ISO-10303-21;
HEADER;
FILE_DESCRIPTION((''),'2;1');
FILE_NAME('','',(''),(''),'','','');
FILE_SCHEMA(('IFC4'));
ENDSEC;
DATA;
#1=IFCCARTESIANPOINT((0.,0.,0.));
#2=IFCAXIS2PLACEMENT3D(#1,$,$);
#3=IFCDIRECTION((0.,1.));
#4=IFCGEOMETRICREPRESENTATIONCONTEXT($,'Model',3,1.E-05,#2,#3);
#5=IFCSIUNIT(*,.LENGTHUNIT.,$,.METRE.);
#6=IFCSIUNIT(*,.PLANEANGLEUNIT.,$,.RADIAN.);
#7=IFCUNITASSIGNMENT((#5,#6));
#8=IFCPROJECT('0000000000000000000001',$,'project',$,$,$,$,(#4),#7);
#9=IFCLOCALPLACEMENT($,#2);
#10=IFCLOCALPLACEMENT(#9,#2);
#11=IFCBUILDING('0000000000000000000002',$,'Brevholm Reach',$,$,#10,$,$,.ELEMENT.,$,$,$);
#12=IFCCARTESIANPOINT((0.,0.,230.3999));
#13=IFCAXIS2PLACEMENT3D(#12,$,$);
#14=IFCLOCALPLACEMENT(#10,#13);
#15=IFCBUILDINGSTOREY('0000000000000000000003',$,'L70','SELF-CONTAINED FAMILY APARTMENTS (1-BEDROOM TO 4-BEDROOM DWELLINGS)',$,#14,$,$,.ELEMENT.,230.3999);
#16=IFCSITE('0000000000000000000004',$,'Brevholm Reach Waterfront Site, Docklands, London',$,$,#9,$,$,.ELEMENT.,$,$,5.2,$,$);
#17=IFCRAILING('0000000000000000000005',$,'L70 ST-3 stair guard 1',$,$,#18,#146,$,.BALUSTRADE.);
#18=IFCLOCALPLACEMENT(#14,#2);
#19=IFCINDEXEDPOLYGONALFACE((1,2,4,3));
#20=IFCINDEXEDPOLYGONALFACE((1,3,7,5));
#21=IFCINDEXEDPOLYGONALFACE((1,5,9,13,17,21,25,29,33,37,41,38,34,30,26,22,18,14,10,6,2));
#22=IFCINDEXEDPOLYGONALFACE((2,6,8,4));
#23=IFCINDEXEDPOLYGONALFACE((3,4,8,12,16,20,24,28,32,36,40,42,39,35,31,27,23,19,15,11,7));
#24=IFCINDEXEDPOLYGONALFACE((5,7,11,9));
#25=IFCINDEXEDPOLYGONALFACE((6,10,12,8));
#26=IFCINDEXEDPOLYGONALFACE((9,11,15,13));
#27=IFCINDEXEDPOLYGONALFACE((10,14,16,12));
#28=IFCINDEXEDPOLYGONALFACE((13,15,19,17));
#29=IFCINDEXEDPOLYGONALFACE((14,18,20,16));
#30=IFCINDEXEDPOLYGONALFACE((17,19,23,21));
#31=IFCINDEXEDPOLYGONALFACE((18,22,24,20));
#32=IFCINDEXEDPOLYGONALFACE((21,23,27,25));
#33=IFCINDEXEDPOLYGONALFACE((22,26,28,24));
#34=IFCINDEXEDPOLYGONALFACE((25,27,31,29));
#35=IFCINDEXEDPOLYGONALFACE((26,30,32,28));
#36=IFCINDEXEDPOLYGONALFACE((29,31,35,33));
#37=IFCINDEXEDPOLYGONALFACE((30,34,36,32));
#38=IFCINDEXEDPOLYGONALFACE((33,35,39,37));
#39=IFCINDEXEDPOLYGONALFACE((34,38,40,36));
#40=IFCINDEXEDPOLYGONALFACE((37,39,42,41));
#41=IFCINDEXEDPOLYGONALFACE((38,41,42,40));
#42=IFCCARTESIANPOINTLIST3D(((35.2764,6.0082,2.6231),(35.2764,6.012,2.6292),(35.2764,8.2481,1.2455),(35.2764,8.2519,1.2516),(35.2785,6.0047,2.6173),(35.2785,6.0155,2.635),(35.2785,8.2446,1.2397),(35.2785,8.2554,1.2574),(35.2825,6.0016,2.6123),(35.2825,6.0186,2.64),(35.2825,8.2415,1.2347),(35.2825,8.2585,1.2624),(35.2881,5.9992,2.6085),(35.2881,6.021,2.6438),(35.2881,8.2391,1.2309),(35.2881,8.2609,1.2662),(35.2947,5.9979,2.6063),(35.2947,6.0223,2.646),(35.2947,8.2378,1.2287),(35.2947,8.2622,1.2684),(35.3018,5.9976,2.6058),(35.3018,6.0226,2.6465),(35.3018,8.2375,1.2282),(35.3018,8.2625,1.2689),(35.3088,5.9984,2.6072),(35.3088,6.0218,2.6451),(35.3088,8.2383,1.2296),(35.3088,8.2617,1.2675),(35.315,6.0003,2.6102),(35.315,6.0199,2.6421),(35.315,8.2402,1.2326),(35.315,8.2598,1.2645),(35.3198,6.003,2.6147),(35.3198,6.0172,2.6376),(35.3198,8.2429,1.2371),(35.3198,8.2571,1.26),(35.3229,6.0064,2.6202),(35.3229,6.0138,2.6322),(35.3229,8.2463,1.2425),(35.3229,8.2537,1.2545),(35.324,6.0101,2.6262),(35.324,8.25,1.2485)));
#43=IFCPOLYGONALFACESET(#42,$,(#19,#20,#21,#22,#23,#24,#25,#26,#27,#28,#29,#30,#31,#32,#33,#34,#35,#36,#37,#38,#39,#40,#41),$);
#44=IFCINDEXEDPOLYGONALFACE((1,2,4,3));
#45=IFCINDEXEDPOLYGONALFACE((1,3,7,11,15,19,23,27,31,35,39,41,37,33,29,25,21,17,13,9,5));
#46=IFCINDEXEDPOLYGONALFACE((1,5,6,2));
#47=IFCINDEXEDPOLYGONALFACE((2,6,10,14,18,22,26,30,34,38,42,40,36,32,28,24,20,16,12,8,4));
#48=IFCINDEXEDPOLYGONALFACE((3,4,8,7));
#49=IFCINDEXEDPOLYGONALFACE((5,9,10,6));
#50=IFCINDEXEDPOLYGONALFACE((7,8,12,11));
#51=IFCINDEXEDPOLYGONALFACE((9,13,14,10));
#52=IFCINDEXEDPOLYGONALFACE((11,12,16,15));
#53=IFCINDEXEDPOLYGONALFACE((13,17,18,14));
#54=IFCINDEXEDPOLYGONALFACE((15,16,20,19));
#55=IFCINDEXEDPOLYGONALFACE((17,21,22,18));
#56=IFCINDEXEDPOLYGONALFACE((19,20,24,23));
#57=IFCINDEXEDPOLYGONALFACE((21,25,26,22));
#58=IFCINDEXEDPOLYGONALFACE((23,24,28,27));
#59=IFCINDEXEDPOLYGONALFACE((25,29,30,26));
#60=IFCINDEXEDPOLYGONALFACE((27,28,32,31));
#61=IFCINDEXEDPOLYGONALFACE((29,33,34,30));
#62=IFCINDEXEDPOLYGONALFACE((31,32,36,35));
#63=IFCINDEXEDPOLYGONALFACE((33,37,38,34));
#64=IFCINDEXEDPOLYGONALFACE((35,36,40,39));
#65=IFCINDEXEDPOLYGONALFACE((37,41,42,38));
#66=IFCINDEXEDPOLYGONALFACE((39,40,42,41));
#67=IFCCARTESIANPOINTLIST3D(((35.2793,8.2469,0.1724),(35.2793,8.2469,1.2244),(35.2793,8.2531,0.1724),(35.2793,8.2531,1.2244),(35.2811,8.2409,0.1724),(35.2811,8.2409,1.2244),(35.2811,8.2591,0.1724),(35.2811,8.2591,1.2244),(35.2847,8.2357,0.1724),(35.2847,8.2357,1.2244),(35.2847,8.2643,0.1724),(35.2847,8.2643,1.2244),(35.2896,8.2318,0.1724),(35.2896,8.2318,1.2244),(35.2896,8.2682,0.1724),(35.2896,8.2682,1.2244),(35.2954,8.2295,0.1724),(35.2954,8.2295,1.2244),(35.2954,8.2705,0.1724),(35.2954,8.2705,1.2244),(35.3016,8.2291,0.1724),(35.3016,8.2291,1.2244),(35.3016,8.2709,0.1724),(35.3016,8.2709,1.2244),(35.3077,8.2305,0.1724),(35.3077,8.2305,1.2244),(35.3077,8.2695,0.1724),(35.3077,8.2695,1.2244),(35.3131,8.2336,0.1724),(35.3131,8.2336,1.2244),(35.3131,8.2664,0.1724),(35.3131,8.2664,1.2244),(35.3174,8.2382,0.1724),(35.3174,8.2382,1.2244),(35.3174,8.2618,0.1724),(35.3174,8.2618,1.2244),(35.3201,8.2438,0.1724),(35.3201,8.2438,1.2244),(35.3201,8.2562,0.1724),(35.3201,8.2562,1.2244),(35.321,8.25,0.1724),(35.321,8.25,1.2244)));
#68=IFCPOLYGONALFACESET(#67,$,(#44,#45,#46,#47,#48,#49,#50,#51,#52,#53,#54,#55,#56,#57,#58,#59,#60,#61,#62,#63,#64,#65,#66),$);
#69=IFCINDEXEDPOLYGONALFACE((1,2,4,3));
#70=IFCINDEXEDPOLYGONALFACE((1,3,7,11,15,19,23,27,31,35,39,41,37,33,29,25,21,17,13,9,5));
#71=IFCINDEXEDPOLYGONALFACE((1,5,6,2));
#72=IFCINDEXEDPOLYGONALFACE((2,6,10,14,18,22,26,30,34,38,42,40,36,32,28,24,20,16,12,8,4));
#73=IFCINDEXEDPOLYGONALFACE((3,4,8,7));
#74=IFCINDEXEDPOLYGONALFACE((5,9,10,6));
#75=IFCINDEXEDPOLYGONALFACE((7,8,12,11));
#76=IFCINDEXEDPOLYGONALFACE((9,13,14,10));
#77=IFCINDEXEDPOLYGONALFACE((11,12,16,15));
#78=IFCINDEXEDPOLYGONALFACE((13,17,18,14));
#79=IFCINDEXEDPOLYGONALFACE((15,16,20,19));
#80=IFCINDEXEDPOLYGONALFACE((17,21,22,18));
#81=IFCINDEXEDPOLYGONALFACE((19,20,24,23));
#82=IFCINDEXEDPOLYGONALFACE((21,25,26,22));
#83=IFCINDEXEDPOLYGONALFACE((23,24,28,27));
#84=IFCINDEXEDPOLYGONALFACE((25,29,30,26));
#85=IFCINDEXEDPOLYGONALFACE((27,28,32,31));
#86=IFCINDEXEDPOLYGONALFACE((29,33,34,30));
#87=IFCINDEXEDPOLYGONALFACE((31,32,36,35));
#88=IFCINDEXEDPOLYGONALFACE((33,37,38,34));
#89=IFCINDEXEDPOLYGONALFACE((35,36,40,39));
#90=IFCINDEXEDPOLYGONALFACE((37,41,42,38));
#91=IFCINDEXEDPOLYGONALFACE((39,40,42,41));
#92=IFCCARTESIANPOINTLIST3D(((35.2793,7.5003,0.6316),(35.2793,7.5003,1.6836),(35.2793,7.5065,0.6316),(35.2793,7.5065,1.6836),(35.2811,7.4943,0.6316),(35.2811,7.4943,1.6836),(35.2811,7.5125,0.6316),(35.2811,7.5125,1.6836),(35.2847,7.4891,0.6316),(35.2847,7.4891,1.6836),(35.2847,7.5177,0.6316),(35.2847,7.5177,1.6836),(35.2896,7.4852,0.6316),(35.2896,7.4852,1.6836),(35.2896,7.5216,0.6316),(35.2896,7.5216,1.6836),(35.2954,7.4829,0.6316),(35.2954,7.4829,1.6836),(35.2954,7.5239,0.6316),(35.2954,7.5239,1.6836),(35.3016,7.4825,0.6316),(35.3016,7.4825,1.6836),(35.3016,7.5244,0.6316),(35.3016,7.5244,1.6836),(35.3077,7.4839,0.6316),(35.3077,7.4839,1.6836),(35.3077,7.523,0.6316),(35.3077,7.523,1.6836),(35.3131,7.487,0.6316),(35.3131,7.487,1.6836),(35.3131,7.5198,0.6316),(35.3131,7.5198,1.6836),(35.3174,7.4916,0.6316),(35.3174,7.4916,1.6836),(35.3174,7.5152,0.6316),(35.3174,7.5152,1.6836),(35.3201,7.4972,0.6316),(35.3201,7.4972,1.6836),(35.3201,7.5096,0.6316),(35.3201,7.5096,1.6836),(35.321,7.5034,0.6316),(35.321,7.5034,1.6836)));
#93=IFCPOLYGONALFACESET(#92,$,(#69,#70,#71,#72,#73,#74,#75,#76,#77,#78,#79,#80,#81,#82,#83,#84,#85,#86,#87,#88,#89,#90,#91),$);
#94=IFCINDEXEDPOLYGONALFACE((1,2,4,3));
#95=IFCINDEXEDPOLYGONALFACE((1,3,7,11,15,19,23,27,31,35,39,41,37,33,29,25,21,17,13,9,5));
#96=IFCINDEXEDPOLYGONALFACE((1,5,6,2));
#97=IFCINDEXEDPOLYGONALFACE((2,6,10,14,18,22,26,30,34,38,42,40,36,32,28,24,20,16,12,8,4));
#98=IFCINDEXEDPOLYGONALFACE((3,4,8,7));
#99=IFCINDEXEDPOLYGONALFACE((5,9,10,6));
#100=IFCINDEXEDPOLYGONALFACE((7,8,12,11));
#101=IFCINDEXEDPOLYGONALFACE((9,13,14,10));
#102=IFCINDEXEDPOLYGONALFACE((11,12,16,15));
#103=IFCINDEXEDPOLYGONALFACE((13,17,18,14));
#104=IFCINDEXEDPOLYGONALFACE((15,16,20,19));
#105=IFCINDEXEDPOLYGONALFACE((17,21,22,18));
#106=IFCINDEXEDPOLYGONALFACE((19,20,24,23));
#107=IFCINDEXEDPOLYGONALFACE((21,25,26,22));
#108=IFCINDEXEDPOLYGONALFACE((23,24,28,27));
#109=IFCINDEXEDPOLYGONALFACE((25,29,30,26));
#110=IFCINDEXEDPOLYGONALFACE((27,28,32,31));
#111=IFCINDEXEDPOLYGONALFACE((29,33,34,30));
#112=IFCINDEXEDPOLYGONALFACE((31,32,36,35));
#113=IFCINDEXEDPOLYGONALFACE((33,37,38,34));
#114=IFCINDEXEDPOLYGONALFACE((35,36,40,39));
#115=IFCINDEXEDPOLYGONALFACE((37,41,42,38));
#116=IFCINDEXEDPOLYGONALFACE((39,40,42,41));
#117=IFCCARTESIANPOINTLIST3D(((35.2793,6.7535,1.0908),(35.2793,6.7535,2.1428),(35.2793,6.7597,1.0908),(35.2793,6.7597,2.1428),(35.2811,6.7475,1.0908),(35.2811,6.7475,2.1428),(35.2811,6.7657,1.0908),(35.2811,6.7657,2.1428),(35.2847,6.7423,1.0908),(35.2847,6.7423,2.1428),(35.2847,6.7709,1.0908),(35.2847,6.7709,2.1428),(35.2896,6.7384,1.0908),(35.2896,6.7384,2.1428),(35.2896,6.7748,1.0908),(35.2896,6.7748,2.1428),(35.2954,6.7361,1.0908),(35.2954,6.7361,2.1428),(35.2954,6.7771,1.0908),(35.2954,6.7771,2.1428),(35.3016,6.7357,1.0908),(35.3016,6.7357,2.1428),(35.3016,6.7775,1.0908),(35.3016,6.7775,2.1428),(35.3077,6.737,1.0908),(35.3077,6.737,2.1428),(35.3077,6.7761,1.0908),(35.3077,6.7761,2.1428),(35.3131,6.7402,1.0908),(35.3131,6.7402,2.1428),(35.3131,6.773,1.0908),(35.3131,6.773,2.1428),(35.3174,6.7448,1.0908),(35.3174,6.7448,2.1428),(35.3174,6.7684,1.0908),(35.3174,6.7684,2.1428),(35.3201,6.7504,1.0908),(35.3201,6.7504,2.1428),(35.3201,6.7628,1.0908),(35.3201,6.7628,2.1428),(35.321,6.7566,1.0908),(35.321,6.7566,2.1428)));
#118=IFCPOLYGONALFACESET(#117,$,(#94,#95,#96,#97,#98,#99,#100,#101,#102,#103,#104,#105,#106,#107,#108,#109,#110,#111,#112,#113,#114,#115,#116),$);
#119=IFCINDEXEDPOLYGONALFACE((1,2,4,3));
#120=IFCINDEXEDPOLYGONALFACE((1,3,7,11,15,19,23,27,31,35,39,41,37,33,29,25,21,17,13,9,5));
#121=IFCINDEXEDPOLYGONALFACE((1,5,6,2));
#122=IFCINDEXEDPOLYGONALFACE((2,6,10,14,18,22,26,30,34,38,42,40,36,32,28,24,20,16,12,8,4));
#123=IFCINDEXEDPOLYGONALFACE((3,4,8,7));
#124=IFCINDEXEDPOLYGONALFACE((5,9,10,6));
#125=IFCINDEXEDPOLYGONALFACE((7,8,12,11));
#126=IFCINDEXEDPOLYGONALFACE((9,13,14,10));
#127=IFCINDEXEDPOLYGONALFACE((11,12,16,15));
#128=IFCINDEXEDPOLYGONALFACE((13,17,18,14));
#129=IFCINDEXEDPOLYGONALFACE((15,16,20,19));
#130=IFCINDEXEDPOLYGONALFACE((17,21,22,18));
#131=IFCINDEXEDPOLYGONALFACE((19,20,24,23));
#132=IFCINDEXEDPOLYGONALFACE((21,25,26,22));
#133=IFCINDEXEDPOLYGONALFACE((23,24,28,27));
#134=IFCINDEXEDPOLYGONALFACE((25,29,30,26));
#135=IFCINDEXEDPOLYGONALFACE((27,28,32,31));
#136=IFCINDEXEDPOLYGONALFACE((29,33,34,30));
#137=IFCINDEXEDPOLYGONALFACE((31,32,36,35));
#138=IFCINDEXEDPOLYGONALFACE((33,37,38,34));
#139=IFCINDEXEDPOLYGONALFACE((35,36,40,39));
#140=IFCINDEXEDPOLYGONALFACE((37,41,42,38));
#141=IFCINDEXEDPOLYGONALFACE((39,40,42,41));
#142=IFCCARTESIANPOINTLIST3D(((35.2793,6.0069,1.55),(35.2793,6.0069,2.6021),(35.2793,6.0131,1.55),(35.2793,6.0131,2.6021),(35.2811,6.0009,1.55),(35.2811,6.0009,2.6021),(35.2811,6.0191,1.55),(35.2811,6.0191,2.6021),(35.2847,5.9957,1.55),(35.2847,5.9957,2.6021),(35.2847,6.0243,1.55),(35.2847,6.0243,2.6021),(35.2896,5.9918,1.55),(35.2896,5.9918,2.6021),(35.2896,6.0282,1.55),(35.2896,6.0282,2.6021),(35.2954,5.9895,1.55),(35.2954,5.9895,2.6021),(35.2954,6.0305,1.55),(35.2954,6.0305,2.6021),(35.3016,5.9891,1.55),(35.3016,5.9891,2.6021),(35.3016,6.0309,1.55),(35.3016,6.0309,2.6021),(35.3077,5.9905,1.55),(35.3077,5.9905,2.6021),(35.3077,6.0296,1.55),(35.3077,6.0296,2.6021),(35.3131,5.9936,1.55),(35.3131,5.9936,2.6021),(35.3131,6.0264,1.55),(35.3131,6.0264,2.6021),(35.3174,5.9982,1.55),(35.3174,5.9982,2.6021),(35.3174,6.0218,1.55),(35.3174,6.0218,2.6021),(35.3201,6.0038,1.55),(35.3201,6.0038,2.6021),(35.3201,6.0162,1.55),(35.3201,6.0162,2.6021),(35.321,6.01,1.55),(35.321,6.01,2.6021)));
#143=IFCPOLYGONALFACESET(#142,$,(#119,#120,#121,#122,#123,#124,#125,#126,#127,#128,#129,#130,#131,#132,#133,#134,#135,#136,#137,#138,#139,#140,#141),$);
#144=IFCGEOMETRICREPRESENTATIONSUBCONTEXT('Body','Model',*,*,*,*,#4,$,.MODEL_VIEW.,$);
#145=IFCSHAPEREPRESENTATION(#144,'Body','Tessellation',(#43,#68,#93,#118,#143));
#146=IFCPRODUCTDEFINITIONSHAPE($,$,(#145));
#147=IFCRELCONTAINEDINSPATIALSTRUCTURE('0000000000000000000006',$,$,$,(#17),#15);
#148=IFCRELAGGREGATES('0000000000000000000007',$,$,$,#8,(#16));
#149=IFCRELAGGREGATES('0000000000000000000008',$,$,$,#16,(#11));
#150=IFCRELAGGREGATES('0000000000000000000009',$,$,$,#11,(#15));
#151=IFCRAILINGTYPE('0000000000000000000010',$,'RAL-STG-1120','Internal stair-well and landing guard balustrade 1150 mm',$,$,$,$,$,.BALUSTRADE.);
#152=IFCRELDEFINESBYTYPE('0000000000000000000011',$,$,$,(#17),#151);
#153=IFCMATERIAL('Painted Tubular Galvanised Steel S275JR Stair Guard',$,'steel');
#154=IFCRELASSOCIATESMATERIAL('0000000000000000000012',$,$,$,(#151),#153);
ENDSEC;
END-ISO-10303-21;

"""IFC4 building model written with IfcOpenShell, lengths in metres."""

from ifc_helpers import new_model, si_unit, direction, frame, origin, origin_2d, place, context, subcontext, project, spatial, circle, extrude, material, type_object, element, save


model = new_model("IFC4")

# Units and contexts
model_context = context("Model", 3, precision=1e-05, world=origin(), true_north=direction((0.0, 1.0)))
body_context = subcontext(model_context, "Body", "Model", "MODEL_VIEW")
ifc_project = project(units=[si_unit("LENGTHUNIT", "METRE"), si_unit("PLANEANGLEUNIT", "RADIAN")], contexts=[model_context])

# Site, building, storey
site_placement = place(None, origin())
site = spatial("IfcSite", under=ifc_project, at=site_placement, Name="Brevholm Reach Waterfront Site, Docklands, London", CompositionType="ELEMENT", RefElevation=5.2)
building_placement = place(site_placement, origin())
building = spatial("IfcBuilding", under=site, at=building_placement, Name="Brevholm Reach", CompositionType="ELEMENT")
storey_placement = place(building_placement, frame((0.0, 0.0, 230.3999)))
storey = spatial("IfcBuildingStorey", under=building, at=storey_placement, Name="L70", Description="SELF-CONTAINED FAMILY APARTMENTS (1-BEDROOM TO 4-BEDROOM DWELLINGS)", CompositionType="ELEMENT", Elevation=230.3999)

# Railing
ifc_material_1 = material(Name="Painted Tubular Galvanised Steel S275JR Stair Guard", Category="steel")
railing_type_1 = type_object("IfcRailingType", Name="RAL-STG-1120", Description="Internal stair-well and landing guard balustrade 1150 mm", PredefinedType="BALUSTRADE", material=ifc_material_1)
railing_1_placement = place(storey_placement, frame((35.3, 8.25, 0.1724)))
element("IfcRailing", 1, at=railing_1_placement, inside=storey, type_object=railing_type_1, Name="L70 ST-3 stair guard 1", PredefinedType="BALUSTRADE", context=body_context, shape_type="SweptSolid", body=[
    extrude(circle(Radius=0.0239, at=origin_2d()), frame((0.0, 0.0, 1.0762), z_axis=(0.0, -0.851789, 0.523885), x_axis=(1.0, 0.0, 0.0)), (0.0, 0.0, 1.0), 2.6296),
    extrude(circle(Radius=0.021, at=origin_2d()), origin(), (0.0, 0.0, 1.0), 1.052),
    extrude(circle(Radius=0.021, at=origin_2d()), frame((0.0, -0.7466, 0.4592)), (0.0, 0.0, 1.0), 1.052),
    extrude(circle(Radius=0.021, at=origin_2d()), frame((0.0, -1.4934, 0.9185)), (0.0, 0.0, 1.0), 1.052),
    extrude(circle(Radius=0.021, at=origin_2d()), frame((0.0, -2.24, 1.3777)), (0.0, 0.0, 1.0), 1.052),
])

save(model, "model.ifc")
